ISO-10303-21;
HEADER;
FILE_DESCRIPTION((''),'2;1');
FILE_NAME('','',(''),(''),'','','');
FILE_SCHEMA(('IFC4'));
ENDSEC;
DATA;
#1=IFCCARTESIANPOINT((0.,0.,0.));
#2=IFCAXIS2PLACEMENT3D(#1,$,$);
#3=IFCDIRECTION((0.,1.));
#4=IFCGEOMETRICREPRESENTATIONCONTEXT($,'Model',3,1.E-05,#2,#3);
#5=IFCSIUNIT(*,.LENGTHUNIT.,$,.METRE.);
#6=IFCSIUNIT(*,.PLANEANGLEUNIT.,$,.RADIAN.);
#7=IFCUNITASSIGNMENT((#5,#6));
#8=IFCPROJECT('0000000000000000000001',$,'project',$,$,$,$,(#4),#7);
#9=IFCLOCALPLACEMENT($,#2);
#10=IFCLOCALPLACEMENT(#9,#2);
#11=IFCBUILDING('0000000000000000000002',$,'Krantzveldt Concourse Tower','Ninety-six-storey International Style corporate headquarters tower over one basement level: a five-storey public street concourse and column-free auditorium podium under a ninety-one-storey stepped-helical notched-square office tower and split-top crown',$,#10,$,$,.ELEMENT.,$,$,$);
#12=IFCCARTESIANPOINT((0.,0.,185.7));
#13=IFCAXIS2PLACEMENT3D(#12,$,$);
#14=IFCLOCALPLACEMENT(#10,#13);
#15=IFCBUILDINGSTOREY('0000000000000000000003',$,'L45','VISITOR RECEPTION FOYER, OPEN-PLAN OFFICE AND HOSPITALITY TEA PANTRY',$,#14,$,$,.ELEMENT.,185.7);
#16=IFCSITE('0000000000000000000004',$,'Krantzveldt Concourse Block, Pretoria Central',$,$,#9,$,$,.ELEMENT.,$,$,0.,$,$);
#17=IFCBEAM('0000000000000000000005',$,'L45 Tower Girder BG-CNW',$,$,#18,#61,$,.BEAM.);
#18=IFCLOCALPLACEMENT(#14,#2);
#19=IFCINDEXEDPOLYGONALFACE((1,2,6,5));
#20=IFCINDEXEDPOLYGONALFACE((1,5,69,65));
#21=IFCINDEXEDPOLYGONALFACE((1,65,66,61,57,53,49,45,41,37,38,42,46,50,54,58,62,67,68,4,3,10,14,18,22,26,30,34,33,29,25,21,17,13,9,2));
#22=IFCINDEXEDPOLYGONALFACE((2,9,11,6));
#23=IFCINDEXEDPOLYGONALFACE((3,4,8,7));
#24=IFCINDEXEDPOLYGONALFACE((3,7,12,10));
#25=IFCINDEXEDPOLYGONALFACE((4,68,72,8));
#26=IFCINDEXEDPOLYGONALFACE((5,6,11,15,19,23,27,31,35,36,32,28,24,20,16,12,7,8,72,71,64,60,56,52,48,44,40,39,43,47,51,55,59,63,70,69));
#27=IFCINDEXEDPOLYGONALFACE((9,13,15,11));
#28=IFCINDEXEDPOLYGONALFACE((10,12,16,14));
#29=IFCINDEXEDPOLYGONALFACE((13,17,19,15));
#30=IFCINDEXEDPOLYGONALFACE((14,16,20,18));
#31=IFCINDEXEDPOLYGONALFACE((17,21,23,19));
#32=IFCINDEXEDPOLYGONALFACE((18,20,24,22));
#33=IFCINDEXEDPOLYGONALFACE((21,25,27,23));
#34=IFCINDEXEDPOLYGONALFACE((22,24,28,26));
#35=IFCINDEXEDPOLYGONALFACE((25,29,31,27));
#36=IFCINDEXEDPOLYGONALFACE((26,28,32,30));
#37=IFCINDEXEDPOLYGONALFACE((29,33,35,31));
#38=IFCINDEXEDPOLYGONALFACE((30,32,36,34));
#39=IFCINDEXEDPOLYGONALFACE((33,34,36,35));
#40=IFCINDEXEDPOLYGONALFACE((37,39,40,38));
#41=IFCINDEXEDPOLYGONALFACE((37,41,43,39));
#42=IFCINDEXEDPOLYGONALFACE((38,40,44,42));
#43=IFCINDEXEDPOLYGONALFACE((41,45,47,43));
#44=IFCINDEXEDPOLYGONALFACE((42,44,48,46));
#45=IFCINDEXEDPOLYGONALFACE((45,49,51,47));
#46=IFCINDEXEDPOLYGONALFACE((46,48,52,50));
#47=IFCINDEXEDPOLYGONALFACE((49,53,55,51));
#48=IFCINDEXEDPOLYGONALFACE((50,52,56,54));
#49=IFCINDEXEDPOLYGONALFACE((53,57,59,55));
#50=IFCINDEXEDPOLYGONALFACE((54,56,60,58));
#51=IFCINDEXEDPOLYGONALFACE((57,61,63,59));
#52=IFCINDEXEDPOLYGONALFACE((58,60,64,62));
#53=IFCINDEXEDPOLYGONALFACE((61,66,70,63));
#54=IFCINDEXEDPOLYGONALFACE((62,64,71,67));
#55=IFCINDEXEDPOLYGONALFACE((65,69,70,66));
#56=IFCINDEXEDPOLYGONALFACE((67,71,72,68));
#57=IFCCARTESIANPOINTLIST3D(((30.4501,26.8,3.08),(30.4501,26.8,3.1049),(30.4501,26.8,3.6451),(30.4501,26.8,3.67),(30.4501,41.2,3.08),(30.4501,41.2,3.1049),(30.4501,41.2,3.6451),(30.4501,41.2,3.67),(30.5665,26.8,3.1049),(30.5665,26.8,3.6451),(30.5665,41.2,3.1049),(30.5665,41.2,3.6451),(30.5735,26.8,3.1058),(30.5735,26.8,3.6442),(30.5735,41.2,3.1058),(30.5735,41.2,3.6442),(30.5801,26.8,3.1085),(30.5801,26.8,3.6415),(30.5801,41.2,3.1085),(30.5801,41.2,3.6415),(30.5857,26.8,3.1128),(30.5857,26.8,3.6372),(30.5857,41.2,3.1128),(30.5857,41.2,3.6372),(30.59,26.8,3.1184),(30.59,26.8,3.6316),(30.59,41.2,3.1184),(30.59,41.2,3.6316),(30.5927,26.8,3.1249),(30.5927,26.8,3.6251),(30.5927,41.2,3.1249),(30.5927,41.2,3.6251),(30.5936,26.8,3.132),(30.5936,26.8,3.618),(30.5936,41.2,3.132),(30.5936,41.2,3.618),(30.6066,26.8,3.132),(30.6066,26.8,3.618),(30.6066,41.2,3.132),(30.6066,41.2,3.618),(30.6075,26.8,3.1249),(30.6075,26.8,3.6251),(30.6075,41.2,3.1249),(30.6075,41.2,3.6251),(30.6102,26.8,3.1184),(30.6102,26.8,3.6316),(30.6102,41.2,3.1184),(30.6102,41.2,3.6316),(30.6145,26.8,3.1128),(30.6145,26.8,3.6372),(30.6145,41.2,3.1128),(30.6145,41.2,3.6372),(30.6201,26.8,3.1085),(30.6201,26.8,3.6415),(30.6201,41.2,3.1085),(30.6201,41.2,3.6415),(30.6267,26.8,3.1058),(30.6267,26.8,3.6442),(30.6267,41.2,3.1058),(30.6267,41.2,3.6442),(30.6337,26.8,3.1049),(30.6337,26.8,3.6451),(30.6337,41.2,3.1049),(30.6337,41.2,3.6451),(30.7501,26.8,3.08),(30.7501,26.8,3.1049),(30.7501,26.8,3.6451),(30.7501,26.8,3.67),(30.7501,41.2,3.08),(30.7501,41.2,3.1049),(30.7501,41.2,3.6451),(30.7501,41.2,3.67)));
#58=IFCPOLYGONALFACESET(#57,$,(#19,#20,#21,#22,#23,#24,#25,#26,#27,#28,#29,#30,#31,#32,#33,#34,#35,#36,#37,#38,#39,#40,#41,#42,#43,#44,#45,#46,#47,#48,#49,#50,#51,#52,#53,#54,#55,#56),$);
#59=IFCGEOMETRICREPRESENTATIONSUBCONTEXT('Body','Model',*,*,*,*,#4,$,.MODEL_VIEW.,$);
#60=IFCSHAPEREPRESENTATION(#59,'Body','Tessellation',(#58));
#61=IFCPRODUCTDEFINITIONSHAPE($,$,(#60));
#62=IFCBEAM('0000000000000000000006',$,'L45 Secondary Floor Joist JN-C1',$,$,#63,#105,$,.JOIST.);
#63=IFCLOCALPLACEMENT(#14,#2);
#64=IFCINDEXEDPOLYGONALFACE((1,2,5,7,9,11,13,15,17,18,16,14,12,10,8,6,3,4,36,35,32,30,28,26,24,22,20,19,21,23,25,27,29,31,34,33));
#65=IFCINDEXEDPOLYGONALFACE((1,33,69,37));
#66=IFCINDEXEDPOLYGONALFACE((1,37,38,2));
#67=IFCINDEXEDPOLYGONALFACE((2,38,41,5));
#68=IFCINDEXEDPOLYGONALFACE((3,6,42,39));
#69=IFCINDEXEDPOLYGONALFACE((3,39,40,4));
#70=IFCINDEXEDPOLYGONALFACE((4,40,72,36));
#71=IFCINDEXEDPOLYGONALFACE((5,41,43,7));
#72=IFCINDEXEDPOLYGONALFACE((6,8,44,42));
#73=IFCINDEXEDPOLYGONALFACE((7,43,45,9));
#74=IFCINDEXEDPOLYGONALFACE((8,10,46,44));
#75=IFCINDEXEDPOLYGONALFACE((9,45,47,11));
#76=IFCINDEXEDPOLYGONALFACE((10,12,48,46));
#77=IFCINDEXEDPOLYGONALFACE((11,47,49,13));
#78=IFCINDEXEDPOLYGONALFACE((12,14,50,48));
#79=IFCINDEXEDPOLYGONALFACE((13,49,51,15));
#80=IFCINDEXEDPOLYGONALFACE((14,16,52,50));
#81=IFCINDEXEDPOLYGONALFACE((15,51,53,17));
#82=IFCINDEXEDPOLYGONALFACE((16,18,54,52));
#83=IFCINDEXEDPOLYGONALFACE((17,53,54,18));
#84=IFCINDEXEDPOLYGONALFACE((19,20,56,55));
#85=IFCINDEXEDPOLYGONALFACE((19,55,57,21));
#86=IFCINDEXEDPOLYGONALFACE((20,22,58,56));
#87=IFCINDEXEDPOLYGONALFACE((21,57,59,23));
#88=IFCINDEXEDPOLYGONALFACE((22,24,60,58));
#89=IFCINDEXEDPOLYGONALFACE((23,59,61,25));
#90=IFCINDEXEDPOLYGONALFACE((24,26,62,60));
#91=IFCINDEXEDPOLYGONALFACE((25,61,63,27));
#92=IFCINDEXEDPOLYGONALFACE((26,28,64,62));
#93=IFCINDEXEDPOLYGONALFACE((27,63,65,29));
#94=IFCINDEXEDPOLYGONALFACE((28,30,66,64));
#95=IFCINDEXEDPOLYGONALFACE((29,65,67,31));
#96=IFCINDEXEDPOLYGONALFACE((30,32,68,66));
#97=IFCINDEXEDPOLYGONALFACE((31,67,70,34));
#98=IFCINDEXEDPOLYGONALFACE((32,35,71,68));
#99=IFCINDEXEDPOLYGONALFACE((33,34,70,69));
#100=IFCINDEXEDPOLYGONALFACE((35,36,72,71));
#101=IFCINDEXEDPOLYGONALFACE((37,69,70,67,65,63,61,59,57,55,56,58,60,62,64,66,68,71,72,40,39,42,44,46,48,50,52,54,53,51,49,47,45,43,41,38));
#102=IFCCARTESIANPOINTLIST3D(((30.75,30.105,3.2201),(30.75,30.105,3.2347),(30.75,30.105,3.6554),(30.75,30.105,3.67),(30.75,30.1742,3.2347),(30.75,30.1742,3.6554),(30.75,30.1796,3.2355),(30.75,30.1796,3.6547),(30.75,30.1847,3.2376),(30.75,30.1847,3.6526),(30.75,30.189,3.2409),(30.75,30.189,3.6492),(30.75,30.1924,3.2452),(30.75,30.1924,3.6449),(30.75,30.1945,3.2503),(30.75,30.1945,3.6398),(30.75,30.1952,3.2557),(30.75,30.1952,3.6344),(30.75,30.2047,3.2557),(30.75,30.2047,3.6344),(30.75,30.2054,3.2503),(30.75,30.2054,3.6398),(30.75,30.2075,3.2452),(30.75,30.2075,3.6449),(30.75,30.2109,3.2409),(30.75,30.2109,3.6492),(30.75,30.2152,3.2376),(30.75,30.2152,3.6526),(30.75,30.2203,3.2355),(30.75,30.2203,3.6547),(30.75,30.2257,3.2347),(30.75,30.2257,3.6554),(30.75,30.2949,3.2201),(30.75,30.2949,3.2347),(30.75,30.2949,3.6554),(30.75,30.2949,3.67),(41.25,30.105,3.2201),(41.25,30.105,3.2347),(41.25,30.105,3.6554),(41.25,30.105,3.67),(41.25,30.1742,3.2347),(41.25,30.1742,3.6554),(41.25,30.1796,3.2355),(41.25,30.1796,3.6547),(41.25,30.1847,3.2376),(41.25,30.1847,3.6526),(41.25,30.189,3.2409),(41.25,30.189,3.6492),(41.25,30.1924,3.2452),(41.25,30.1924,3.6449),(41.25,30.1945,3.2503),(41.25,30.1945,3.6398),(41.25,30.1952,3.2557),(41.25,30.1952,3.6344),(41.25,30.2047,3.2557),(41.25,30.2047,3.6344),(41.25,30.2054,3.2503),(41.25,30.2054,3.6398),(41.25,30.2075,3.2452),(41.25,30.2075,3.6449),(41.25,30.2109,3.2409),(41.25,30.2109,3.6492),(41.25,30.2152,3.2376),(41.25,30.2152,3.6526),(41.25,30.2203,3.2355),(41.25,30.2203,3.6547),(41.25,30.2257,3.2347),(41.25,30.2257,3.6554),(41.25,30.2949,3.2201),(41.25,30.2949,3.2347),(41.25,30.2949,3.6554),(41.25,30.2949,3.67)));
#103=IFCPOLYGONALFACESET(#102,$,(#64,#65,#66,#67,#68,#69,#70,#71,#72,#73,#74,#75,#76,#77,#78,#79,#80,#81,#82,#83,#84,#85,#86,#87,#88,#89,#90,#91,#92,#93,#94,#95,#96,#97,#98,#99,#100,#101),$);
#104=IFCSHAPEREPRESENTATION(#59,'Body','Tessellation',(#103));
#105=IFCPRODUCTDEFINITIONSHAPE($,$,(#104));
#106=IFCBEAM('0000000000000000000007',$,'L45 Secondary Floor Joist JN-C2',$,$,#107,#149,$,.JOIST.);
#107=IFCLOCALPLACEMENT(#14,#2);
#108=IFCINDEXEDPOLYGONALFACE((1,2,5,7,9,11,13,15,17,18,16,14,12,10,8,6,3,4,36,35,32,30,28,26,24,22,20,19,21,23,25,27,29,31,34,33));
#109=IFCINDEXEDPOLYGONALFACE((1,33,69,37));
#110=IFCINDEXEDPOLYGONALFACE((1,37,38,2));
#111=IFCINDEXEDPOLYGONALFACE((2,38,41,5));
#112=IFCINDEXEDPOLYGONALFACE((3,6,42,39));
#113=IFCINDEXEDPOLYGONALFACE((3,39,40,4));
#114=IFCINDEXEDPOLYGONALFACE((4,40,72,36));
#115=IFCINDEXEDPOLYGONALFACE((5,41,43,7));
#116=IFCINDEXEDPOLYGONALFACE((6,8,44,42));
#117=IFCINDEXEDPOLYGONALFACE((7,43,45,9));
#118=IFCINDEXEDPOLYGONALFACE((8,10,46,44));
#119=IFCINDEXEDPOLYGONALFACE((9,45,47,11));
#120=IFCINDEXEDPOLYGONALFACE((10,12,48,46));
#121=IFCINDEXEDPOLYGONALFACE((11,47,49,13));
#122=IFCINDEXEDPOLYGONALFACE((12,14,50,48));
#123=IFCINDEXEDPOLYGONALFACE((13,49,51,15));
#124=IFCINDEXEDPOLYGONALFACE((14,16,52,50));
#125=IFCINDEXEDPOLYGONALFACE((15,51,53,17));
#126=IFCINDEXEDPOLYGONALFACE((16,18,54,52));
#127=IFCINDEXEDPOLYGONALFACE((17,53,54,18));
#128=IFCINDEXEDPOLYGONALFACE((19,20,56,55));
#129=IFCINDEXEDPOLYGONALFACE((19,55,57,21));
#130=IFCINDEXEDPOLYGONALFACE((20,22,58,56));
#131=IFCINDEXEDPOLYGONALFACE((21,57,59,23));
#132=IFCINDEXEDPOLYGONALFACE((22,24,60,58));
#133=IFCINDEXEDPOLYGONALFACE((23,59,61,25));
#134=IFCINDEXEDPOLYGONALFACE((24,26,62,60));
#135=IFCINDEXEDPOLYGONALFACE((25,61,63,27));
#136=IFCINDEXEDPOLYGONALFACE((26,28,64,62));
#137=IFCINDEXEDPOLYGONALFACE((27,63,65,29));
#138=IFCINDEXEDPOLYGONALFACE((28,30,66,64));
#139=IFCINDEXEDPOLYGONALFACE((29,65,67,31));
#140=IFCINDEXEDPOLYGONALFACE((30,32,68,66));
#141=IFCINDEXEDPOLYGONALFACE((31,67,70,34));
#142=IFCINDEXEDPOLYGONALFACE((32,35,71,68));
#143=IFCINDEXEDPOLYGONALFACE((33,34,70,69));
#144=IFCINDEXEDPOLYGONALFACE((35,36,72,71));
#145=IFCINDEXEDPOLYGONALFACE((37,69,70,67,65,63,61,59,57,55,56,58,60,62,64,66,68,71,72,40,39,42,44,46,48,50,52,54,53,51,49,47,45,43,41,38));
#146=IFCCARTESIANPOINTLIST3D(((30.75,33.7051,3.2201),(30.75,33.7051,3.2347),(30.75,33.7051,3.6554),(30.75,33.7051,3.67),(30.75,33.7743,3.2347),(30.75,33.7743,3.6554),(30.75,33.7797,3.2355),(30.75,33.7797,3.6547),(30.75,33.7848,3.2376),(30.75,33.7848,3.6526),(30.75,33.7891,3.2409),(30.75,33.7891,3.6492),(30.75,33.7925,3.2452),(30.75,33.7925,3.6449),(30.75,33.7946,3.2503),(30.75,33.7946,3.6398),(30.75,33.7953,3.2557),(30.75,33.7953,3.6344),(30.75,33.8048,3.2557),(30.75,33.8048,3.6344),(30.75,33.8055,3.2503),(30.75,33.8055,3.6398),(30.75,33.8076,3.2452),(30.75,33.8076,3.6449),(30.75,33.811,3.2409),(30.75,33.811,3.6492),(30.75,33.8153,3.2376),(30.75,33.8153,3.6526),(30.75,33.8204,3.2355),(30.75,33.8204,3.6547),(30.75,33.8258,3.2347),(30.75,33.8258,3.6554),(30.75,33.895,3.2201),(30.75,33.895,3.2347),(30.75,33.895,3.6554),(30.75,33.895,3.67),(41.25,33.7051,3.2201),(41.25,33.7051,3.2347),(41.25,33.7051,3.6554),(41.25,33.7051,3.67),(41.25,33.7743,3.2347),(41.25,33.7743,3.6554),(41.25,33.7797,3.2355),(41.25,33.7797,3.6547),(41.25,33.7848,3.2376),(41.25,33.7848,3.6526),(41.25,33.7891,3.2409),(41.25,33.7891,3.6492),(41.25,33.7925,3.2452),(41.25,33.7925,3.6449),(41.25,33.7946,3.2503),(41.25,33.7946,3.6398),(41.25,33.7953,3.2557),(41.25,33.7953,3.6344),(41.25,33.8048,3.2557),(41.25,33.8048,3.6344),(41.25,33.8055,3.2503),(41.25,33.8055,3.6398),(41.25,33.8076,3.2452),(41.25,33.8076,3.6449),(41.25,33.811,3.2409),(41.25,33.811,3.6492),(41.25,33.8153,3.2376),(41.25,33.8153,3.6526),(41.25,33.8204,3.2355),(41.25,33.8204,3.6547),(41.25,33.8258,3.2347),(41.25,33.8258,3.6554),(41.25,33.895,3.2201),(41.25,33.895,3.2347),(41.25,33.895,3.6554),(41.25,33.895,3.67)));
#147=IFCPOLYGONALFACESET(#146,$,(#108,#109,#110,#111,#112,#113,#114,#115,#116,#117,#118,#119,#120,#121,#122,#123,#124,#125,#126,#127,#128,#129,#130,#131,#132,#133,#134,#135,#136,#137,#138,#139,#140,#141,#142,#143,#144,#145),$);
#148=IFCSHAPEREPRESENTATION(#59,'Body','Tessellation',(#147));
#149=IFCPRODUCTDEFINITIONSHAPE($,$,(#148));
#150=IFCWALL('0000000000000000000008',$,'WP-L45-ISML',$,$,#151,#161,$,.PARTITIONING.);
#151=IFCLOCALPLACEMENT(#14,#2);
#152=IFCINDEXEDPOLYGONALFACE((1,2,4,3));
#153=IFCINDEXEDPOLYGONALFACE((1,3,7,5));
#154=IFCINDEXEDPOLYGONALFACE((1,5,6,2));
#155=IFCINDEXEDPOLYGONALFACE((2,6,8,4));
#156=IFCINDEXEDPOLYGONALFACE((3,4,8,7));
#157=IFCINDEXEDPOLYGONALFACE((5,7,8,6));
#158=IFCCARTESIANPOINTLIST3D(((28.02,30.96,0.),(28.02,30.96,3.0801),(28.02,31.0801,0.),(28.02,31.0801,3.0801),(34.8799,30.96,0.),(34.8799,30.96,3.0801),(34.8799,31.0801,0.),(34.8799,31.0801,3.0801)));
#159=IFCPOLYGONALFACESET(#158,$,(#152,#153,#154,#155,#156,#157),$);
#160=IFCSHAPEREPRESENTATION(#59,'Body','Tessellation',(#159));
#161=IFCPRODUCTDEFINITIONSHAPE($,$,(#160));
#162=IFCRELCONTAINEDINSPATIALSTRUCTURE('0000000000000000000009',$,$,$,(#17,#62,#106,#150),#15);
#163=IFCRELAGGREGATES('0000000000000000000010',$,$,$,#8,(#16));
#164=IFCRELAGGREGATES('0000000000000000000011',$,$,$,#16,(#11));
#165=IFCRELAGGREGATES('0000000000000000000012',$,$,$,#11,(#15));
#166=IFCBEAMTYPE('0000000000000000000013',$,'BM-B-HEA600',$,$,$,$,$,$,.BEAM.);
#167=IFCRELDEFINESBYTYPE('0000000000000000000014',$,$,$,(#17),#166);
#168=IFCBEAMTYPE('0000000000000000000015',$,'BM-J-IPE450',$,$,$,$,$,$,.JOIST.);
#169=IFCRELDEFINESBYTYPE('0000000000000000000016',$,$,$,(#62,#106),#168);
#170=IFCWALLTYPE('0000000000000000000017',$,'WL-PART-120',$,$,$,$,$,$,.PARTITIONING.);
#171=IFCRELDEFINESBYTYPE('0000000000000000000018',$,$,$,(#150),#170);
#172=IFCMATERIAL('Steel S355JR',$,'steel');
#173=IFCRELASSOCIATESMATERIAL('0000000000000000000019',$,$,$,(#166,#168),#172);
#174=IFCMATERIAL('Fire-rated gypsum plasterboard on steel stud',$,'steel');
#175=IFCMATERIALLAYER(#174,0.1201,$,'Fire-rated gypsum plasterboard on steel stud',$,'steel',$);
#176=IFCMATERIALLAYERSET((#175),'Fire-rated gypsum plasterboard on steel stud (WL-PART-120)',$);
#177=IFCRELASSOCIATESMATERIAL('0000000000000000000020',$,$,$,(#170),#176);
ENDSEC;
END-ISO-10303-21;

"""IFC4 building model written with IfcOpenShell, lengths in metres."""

from ifc_helpers import new_model, si_unit, direction, frame, frame_2d, origin, origin_2d, place, context, subcontext, project, spatial, rectangle, i_section, extrude, source, transform, mapped, material, layer, layer_set, material_profile, profile_set, type_object, type_shapes, element, save


model = new_model("IFC4")

# Units and contexts
model_context = context("Model", 3, precision=1e-05, world=origin(), true_north=direction((0.0, 1.0)))
body_context = subcontext(model_context, "Body", "Model", "MODEL_VIEW")
ifc_project = project(units=[si_unit("LENGTHUNIT", "METRE"), si_unit("PLANEANGLEUNIT", "RADIAN")], contexts=[model_context])

# Site, building, storey
site_placement = place(None, origin())
site = spatial("IfcSite", under=ifc_project, at=site_placement, Name="Krantzveldt Concourse Block, Pretoria Central", CompositionType="ELEMENT", RefElevation=0.0)
building_placement = place(site_placement, origin())
building = spatial("IfcBuilding", under=site, at=building_placement, Name="Krantzveldt Concourse Tower", Description="Ninety-six-storey International Style corporate headquarters tower over one basement level: a five-storey public street concourse and column-free auditorium podium under a ninety-one-storey stepped-helical notched-square office tower and split-top crown", CompositionType="ELEMENT")
storey_placement = place(building_placement, frame((0.0, 0.0, 185.7)))
storey = spatial("IfcBuildingStorey", under=building, at=storey_placement, Name="L45", Description="VISITOR RECEPTION FOYER, OPEN-PLAN OFFICE AND HOSPITALITY TEA PANTRY", CompositionType="ELEMENT", Elevation=185.7)

# Beams
ifc_material_1 = material(Name="Steel S355JR", Category="steel")
ifc_material_profile_1 = material_profile(ifc_material_1, i_section(OverallWidth=0.3, OverallDepth=0.5901, WebThickness=0.0129, FlangeThickness=0.0249, FilletRadius=0.0271, at=origin_2d()), Name="Steel S355JR", Category="steel")
ifc_profile_set_1 = profile_set([ifc_material_profile_1], Name="Steel S355JR - HEA 600")
beam_type_1 = type_object("IfcBeamType", Name="BM-B-HEA600", PredefinedType="BEAM", material=ifc_profile_set_1)
shared_shape_1 = source(origin(), body_context, "Body", "SweptSolid", [
    extrude(i_section(OverallWidth=0.3, OverallDepth=0.5901, WebThickness=0.0129, FlangeThickness=0.0249, FilletRadius=0.0271, at=origin_2d()), origin(), (0.0, 0.0, 1.0), 14.3999),
])
type_shapes(beam_type_1, [shared_shape_1])
beam_placement = place(storey_placement, frame((30.6001, 26.8, 3.375), z_axis=(0.0, 1.0, 0.0), x_axis=(-1.0, 0.0, 0.0)))
element("IfcBeam", 1, at=beam_placement, inside=storey, type_object=beam_type_1, Name="L45 Tower Girder BG-CNW", PredefinedType="BEAM", context=body_context, shape_type="MappedRepresentation", body=[
    mapped(shared_shape_1, transform((0.0, 0.0, 0.0), x_axis=(1.0, 0.0, 0.0), y_axis=(0.0, 1.0, 0.0), z_axis=(0.0, 0.0, 1.0), scale=1.0)),
])
ifc_material_profile_2 = material_profile(ifc_material_1, i_section(OverallWidth=0.1899, OverallDepth=0.45, WebThickness=0.0095, FlangeThickness=0.0146, FilletRadius=0.021, at=origin_2d()), Name="Steel S355JR", Category="steel")
ifc_profile_set_2 = profile_set([ifc_material_profile_2], Name="Steel S355JR - IPE 450")
beam_type_2 = type_object("IfcBeamType", Name="BM-J-IPE450", PredefinedType="JOIST", material=ifc_profile_set_2)
shared_shape_2 = source(origin(), body_context, "Body", "SweptSolid", [
    extrude(i_section(OverallWidth=0.1899, OverallDepth=0.45, WebThickness=0.0095, FlangeThickness=0.0146, FilletRadius=0.021, at=origin_2d()), origin(), (0.0, 0.0, 1.0), 10.5),
])
type_shapes(beam_type_2, [shared_shape_2])
for number, where, z_axis, x_axis, name in (
    (2, (30.75, 30.2, 3.4451), (1.0, 0.0, 0.0), (0.0, 1.0, 0.0), "L45 Secondary Floor Joist JN-C1"),
    (3, (30.75, 33.8, 3.4451), (1.0, 0.0, 0.0), (0.0, 1.0, 0.0), "L45 Secondary Floor Joist JN-C2"),
):
    element("IfcBeam", number, at=place(storey_placement, frame(where, z_axis=z_axis, x_axis=x_axis)), inside=storey, type_object=beam_type_2, Name=name, PredefinedType="JOIST", context=body_context, shape_type="MappedRepresentation", body=[
        mapped(shared_shape_2, transform((0.0, 0.0, 0.0), x_axis=(1.0, 0.0, 0.0), y_axis=(0.0, 1.0, 0.0), z_axis=(0.0, 0.0, 1.0), scale=1.0)),
    ])

# Wall
ifc_material_2 = material(Name="Fire-rated gypsum plasterboard on steel stud", Category="steel")
ifc_layer_1 = layer(ifc_material_2, 0.1201, Name="Fire-rated gypsum plasterboard on steel stud", Category="steel")
ifc_layer_set_1 = layer_set([ifc_layer_1], Name="Fire-rated gypsum plasterboard on steel stud (WL-PART-120)")
wall_type_1 = type_object("IfcWallType", Name="WL-PART-120", PredefinedType="PARTITIONING", material=ifc_layer_set_1)
wall_1_placement = place(storey_placement, frame((28.02, 31.02, 0.0), z_axis=(0.0, 0.0, 1.0), x_axis=(1.0, 0.0, 0.0)))
element("IfcWall", 4, at=wall_1_placement, inside=storey, type_object=wall_type_1, Name="WP-L45-ISML", PredefinedType="PARTITIONING", context=body_context, shape_type="SweptSolid", body=[
    extrude(rectangle(XDim=6.8599, YDim=0.1201, at=frame_2d((3.4299, 0.0))), origin(), (0.0, 0.0, 1.0), 3.0801),
])

save(model, "model.ifc")
